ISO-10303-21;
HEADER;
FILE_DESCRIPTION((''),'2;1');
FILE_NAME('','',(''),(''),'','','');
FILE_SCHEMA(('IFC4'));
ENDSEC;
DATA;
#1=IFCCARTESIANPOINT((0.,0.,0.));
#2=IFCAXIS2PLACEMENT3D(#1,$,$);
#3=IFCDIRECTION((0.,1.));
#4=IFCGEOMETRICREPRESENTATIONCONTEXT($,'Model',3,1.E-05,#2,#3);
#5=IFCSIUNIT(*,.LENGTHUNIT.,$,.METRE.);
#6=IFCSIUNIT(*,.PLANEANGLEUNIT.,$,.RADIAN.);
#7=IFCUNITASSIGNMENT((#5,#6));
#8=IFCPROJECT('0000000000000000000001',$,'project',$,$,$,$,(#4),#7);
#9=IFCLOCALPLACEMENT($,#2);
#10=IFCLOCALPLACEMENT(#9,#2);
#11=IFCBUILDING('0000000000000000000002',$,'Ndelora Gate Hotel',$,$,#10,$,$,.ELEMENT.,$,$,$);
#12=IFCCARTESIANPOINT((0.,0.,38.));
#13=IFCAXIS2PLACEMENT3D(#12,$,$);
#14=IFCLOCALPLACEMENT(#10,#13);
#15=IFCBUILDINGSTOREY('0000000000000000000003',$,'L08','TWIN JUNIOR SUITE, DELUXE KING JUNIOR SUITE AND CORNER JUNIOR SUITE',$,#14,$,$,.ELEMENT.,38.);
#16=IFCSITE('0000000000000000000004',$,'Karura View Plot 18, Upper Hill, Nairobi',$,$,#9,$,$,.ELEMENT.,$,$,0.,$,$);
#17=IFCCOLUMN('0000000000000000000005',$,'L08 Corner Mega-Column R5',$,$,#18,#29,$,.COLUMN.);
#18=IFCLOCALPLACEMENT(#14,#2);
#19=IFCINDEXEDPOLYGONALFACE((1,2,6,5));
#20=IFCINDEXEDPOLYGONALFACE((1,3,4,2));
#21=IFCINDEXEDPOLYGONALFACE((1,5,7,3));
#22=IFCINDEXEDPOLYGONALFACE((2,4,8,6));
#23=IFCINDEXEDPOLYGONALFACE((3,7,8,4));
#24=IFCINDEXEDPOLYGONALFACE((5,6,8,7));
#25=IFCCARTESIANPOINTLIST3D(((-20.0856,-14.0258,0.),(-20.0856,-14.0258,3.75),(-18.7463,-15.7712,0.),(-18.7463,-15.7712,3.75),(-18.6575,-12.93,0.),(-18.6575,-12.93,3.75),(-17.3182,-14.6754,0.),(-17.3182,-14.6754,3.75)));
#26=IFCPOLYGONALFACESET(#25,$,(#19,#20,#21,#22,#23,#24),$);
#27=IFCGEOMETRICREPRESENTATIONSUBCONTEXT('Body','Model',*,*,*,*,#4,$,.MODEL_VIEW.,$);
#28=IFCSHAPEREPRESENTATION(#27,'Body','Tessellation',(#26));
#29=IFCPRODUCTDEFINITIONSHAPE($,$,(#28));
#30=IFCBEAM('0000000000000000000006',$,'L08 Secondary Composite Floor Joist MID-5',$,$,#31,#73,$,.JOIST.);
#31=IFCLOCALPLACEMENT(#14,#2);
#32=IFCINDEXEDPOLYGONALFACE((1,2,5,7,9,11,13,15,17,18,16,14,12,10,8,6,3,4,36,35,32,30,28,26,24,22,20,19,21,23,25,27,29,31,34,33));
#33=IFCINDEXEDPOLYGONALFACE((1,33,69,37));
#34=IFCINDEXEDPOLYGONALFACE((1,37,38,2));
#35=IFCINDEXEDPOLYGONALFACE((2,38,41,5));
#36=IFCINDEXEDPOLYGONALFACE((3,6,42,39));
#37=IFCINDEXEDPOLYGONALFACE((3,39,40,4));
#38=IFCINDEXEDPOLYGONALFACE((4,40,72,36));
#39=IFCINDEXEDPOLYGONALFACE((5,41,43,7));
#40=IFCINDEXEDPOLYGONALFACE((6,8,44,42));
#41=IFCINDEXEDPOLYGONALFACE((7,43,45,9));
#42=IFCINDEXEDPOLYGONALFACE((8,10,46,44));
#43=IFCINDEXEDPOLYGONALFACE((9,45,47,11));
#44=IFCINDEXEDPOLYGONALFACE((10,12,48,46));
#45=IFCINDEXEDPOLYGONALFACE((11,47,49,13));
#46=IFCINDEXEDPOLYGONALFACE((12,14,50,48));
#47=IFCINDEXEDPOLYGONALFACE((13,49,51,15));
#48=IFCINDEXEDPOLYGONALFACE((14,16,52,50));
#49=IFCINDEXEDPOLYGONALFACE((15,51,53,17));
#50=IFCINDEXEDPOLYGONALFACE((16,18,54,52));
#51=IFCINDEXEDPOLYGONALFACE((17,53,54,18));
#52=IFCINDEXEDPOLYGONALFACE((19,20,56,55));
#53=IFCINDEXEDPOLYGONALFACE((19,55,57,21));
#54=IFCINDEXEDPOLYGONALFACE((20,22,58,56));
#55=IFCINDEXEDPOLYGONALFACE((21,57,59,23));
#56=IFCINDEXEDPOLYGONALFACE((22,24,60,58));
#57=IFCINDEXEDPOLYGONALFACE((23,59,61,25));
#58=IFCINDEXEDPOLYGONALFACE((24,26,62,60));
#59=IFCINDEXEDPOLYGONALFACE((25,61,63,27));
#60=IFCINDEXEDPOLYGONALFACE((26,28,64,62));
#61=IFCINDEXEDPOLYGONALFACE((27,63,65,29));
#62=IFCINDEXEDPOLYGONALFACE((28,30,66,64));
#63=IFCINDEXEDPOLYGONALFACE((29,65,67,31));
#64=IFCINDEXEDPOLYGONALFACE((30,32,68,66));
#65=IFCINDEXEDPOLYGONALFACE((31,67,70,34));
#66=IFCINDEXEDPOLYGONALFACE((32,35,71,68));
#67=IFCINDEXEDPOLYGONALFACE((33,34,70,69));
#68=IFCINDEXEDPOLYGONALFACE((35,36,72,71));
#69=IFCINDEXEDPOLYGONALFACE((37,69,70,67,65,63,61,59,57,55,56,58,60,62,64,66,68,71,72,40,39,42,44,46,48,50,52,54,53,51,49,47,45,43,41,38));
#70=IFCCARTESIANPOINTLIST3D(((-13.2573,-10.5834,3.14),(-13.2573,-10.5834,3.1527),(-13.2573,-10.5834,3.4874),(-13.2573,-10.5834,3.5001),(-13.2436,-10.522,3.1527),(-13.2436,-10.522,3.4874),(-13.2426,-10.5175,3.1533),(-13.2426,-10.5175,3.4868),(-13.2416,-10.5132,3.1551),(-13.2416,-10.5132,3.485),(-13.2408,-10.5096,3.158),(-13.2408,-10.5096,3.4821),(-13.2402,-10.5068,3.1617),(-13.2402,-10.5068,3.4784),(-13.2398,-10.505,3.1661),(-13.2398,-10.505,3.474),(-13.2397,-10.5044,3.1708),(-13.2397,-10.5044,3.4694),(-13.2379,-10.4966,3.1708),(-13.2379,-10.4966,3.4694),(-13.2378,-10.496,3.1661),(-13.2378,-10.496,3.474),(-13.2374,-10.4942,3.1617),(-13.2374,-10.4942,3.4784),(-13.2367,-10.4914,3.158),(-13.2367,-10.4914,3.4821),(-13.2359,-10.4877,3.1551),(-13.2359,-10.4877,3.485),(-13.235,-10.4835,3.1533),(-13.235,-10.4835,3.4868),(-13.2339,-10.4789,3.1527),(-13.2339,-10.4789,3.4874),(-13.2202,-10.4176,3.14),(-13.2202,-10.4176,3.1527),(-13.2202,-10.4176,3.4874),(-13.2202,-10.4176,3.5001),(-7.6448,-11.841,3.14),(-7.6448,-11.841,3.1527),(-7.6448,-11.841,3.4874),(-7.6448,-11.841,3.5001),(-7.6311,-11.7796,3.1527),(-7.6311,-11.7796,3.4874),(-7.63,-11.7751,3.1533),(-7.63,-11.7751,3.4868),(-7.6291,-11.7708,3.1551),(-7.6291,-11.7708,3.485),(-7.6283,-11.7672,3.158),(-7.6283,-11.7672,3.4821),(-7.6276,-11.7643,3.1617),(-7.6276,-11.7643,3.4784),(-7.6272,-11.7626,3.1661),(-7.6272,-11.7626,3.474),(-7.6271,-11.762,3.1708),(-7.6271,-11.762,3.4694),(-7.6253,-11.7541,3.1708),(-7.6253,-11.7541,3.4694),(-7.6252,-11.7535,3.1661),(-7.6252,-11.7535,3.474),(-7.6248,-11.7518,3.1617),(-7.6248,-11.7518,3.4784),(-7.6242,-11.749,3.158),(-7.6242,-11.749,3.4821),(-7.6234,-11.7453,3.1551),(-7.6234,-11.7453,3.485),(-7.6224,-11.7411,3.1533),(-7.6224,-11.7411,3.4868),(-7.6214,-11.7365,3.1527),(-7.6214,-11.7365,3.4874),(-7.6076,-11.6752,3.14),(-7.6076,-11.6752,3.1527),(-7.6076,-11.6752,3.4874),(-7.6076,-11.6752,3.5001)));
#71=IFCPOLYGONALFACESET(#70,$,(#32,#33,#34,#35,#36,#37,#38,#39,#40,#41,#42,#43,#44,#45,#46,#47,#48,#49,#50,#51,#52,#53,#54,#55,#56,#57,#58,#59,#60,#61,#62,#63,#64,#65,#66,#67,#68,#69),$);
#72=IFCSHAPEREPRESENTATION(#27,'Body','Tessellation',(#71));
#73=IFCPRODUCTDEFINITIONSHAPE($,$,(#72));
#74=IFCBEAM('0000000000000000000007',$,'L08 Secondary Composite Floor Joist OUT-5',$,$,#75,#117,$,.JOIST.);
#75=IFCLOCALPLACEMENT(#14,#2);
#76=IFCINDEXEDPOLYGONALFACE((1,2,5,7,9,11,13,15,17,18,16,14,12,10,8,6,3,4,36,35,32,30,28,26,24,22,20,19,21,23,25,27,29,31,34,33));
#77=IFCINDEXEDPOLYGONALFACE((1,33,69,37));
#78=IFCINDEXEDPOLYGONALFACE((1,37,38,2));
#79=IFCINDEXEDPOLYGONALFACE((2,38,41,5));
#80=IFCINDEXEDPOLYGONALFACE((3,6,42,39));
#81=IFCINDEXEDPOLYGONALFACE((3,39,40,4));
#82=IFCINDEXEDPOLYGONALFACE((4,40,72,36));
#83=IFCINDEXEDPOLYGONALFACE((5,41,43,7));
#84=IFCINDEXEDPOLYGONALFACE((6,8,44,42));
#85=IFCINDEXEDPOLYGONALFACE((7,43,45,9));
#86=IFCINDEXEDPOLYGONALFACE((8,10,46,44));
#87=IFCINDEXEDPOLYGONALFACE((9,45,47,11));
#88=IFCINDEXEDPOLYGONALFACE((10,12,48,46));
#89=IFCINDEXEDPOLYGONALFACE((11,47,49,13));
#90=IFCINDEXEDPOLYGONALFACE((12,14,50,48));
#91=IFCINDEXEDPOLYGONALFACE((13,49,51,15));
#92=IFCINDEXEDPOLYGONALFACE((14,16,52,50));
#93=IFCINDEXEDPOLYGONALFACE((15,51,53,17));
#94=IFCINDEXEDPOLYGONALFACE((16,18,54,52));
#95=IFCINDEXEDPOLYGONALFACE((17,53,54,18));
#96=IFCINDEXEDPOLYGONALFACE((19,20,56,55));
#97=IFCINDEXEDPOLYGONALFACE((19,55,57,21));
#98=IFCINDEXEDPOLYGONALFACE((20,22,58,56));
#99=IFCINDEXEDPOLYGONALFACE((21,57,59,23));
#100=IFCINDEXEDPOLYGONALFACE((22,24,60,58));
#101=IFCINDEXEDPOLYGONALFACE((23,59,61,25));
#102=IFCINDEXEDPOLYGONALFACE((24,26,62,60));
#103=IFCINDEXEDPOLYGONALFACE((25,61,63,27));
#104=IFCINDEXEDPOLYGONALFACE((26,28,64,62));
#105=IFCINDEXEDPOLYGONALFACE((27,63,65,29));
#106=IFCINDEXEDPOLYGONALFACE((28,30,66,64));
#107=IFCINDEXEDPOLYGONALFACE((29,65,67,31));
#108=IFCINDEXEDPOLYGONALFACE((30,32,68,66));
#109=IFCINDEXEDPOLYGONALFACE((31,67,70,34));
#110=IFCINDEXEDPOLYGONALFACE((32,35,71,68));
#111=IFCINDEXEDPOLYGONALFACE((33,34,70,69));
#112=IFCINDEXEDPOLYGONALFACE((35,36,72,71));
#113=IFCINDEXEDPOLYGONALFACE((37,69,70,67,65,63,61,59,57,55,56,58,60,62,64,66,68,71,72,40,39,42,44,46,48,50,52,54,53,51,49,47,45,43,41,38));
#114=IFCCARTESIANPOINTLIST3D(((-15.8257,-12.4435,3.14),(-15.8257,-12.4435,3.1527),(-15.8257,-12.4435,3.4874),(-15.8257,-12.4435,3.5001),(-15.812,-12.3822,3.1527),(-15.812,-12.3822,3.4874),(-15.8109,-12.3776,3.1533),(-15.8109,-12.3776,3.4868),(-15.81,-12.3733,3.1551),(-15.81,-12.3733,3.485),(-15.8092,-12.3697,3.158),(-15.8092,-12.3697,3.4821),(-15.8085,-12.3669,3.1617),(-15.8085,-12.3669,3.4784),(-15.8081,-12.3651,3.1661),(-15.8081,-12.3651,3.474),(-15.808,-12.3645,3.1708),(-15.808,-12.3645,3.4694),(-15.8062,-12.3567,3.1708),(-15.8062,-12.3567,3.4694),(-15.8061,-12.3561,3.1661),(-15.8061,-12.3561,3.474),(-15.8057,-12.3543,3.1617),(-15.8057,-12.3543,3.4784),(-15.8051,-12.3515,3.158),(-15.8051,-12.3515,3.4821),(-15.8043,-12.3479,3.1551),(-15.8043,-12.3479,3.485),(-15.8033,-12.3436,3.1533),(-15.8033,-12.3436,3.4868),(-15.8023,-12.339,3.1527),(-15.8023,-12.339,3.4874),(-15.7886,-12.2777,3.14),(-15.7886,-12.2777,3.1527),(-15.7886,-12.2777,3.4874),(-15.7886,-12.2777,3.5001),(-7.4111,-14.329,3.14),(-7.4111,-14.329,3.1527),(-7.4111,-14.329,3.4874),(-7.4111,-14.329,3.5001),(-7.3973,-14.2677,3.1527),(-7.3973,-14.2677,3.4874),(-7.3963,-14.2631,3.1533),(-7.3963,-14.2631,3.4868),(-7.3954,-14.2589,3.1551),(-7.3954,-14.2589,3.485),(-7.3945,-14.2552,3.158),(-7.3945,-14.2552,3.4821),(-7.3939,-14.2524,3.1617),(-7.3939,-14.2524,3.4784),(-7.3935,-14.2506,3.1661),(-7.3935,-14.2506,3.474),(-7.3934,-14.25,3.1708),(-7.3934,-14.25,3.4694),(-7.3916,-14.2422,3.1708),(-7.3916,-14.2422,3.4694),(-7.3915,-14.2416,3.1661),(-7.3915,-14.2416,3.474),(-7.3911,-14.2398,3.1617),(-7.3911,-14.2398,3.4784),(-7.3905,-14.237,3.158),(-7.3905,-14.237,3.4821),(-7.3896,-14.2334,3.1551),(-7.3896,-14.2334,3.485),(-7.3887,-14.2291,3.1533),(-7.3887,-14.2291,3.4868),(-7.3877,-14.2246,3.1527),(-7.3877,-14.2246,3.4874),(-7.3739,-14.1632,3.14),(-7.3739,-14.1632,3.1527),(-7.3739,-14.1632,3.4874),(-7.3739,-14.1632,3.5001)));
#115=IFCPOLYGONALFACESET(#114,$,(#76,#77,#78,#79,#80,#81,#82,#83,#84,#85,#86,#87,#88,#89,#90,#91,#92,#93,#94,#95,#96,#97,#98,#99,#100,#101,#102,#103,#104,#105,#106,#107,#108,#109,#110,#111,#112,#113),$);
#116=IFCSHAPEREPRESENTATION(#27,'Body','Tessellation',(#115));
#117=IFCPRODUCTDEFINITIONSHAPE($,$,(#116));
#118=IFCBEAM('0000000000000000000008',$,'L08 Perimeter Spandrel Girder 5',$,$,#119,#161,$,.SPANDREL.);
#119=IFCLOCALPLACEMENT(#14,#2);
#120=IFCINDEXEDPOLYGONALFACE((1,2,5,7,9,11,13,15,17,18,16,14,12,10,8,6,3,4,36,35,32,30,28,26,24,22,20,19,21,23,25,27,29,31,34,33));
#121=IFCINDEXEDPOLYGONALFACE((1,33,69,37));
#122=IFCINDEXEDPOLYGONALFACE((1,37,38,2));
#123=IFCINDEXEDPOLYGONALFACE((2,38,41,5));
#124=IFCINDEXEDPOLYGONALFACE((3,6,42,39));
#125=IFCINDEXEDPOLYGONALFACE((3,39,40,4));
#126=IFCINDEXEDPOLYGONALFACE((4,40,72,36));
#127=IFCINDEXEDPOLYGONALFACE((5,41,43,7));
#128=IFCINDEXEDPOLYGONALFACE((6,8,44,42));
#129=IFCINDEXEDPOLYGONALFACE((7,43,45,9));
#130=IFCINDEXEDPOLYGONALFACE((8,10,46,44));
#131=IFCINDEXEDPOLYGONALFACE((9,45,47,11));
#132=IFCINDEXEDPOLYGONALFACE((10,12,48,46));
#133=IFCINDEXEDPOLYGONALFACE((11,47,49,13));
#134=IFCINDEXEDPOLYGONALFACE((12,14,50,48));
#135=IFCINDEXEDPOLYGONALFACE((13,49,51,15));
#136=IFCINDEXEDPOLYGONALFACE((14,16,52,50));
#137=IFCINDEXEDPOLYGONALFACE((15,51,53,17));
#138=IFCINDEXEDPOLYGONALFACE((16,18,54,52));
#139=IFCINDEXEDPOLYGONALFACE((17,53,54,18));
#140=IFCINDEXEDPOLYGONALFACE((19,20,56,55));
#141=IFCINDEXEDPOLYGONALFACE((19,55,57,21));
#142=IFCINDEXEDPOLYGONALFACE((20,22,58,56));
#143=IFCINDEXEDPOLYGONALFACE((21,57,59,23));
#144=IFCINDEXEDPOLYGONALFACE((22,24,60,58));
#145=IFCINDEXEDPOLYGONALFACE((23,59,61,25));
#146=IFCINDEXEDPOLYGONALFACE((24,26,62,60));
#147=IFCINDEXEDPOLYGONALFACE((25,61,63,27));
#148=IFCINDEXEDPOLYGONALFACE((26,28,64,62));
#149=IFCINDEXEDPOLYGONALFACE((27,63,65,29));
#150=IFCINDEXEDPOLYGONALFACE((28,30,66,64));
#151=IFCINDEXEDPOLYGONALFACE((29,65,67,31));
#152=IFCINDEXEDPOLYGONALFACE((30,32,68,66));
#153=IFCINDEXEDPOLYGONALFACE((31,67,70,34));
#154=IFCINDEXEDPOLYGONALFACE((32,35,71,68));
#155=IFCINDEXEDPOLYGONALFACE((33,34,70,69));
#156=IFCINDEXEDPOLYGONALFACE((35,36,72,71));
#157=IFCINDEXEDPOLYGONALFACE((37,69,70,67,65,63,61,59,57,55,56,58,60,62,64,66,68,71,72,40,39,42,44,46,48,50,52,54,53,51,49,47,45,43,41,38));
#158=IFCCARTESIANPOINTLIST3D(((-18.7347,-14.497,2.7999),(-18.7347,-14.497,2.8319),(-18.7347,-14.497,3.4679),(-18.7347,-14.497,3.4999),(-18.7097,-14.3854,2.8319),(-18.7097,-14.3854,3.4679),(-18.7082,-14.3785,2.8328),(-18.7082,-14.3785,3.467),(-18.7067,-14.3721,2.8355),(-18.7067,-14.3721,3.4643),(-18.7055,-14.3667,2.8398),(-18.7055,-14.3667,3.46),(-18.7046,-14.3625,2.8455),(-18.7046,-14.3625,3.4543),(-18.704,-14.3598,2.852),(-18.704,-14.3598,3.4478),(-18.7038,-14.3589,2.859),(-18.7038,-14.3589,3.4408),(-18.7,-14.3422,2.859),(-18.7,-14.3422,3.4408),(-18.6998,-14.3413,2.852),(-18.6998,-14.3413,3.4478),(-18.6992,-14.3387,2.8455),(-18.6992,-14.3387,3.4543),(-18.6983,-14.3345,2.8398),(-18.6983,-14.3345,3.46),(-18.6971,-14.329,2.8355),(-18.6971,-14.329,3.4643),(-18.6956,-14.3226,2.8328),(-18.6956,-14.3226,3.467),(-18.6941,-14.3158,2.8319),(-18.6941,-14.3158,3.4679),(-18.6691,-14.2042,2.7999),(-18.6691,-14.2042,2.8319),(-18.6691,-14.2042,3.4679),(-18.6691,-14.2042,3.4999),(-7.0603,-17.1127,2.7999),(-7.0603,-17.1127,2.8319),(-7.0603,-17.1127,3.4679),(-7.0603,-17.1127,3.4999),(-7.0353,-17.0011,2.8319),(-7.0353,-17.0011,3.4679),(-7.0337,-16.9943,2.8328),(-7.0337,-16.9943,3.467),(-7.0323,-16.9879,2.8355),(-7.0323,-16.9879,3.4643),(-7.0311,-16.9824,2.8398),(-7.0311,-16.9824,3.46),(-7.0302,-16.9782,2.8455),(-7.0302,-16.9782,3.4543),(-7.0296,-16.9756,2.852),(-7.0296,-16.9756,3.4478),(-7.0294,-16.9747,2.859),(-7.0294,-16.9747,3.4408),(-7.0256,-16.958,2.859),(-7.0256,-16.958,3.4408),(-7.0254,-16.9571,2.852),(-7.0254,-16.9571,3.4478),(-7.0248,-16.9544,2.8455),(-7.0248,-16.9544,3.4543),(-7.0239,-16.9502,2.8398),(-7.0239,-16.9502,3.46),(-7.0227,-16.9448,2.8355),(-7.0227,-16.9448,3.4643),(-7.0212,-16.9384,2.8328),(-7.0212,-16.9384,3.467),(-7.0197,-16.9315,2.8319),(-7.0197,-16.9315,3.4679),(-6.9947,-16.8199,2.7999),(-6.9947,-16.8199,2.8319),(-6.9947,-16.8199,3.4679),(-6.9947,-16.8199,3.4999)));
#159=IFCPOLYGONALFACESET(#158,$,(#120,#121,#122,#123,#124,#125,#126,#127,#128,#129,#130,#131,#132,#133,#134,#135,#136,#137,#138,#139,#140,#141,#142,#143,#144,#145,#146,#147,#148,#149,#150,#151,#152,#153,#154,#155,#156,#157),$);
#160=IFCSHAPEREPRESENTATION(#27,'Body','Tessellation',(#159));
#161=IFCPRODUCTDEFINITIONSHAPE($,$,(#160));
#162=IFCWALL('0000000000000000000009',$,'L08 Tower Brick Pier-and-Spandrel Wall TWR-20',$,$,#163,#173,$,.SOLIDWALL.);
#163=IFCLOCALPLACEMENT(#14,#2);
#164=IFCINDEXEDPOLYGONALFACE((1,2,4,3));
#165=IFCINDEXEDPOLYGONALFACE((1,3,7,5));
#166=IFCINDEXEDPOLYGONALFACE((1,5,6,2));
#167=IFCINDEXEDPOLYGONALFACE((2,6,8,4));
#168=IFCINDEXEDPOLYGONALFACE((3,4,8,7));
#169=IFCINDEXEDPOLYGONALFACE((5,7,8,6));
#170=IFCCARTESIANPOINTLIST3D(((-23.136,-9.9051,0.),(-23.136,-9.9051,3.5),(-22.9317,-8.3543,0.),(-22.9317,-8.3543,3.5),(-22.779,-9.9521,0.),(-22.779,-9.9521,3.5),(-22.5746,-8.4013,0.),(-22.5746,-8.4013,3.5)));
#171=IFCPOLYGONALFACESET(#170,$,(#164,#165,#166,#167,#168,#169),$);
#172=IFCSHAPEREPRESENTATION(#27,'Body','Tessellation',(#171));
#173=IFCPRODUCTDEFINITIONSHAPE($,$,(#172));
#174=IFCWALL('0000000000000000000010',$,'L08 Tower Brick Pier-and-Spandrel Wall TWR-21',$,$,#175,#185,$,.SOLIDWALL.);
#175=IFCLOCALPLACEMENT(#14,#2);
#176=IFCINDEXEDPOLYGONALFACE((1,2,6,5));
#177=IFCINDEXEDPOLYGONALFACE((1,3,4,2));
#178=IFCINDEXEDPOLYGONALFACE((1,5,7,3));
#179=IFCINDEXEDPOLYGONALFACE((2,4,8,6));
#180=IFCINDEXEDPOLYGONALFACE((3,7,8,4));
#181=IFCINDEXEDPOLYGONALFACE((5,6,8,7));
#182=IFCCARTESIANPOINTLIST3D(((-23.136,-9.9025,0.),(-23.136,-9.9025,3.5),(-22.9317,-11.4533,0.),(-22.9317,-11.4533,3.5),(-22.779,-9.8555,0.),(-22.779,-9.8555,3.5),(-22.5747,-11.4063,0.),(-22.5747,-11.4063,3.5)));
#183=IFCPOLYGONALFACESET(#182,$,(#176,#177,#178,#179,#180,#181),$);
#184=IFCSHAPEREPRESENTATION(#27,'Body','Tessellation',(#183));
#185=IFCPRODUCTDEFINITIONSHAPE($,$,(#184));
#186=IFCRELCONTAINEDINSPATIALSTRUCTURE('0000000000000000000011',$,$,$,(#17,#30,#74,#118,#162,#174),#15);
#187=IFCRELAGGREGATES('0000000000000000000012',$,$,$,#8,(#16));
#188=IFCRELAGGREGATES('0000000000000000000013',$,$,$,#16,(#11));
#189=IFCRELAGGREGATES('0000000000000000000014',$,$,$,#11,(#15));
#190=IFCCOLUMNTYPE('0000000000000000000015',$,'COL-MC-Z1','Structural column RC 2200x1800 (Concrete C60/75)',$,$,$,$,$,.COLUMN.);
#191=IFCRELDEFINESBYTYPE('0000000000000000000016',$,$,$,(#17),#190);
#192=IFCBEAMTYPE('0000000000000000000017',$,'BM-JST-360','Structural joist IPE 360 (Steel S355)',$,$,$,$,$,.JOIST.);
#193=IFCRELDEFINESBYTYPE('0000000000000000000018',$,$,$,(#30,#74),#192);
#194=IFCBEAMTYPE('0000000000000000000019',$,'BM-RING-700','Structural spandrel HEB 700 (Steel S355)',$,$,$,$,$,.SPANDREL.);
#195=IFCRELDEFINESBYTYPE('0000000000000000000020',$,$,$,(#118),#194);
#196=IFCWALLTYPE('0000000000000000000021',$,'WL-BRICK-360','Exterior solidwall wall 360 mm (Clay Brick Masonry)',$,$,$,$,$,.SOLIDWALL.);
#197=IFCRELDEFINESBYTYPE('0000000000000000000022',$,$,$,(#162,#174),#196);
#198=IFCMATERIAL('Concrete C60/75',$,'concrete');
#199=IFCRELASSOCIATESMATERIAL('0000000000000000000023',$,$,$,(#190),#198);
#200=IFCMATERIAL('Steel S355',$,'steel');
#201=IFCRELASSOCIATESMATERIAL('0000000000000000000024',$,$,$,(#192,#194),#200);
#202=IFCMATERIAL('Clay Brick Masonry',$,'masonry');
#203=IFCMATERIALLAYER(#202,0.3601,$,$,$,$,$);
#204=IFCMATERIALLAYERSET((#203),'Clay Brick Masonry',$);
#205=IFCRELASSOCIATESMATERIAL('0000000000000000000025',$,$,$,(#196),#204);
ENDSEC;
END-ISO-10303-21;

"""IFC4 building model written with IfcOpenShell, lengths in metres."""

from ifc_helpers import new_model, si_unit, direction, frame, frame_2d, origin, origin_2d, place, context, subcontext, project, spatial, rectangle, i_section, extrude, material, layer, layer_set, material_profile, profile_set, type_object, element, save


model = new_model("IFC4")

# Units and contexts
model_context = context("Model", 3, precision=1e-05, world=origin(), true_north=direction((0.0, 1.0)))
body_context = subcontext(model_context, "Body", "Model", "MODEL_VIEW")
ifc_project = project(units=[si_unit("LENGTHUNIT", "METRE"), si_unit("PLANEANGLEUNIT", "RADIAN")], contexts=[model_context])

# Site, building, storey
site_placement = place(None, origin())
site = spatial("IfcSite", under=ifc_project, at=site_placement, Name="Karura View Plot 18, Upper Hill, Nairobi", CompositionType="ELEMENT", RefElevation=0.0)
building_placement = place(site_placement, origin())
building = spatial("IfcBuilding", under=site, at=building_placement, Name="Ndelora Gate Hotel", CompositionType="ELEMENT")
storey_placement = place(building_placement, frame((0.0, 0.0, 38.0)))
storey = spatial("IfcBuildingStorey", under=building, at=storey_placement, Name="L08", Description="TWIN JUNIOR SUITE, DELUXE KING JUNIOR SUITE AND CORNER JUNIOR SUITE", CompositionType="ELEMENT", Elevation=38.0)

# Column
ifc_material_1 = material(Name="Concrete C60/75", Category="concrete")
ifc_material_profile_1 = material_profile(ifc_material_1, rectangle(XDim=1.8, YDim=2.2, at=origin_2d()), Name="RC 2200x1800")
ifc_profile_set_1 = profile_set([ifc_material_profile_1], Name="Concrete C60/75")
column_type = type_object("IfcColumnType", Name="COL-MC-Z1", Description="Structural column RC 2200x1800 (Concrete C60/75)", PredefinedType="COLUMN", material=ifc_profile_set_1)
column_placement = place(storey_placement, frame((-18.7019, -14.3506, 0.0), z_axis=(0.0, 0.0, 1.0), x_axis=(0.793353, 0.608761, 0.0)))
element("IfcColumn", 1, at=column_placement, inside=storey, type_object=column_type, Name="L08 Corner Mega-Column R5", PredefinedType="COLUMN", context=body_context, shape_type="SweptSolid", body=[
    extrude(rectangle(XDim=1.8, YDim=2.2, at=origin_2d()), origin(), (0.0, 0.0, 1.0), 3.75),
])

# Beams
ifc_material_2 = material(Name="Steel S355", Category="steel")
ifc_material_profile_2 = material_profile(ifc_material_2, i_section(OverallWidth=0.1699, OverallDepth=0.3601, WebThickness=0.0081, FlangeThickness=0.0127, FilletRadius=0.0181, at=origin_2d()), Name="IPE 360")
ifc_profile_set_2 = profile_set([ifc_material_profile_2], Name="Steel S355")
beam_type_1 = type_object("IfcBeamType", Name="BM-JST-360", Description="Structural joist IPE 360 (Steel S355)", PredefinedType="JOIST", material=ifc_profile_set_2)
beam_1_placement = place(storey_placement, frame((-13.2388, -10.5005, 3.3201), z_axis=(0.975805, -0.218642, 0.0), x_axis=(0.218642, 0.975805, 0.0)))
element("IfcBeam", 2, at=beam_1_placement, inside=storey, type_object=beam_type_1, Name="L08 Secondary Composite Floor Joist MID-5", PredefinedType="JOIST", context=body_context, shape_type="SweptSolid", body=[
    extrude(i_section(OverallWidth=0.1699, OverallDepth=0.3601, WebThickness=0.0081, FlangeThickness=0.0127, FilletRadius=0.0181, at=origin_2d()), origin(), (0.0, 0.0, 1.0), 5.7517),
])
beam_2_placement = place(storey_placement, frame((-15.8071, -12.3606, 3.3201), z_axis=(0.975802, -0.218654, 0.0), x_axis=(0.218654, 0.975802, 0.0)))
element("IfcBeam", 3, at=beam_2_placement, inside=storey, type_object=beam_type_1, Name="L08 Secondary Composite Floor Joist OUT-5", PredefinedType="JOIST", context=body_context, shape_type="SweptSolid", body=[
    extrude(i_section(OverallWidth=0.1699, OverallDepth=0.3601, WebThickness=0.0081, FlangeThickness=0.0127, FilletRadius=0.0181, at=origin_2d()), origin(), (0.0, 0.0, 1.0), 8.6233),
])
ifc_material_profile_3 = material_profile(ifc_material_2, i_section(OverallWidth=0.3, OverallDepth=0.7, WebThickness=0.0171, FlangeThickness=0.032, FilletRadius=0.0271, at=origin_2d()), Name="HEB 700")
ifc_profile_set_3 = profile_set([ifc_material_profile_3], Name="Steel S355")
beam_type_2 = type_object("IfcBeamType", Name="BM-RING-700", Description="Structural spandrel HEB 700 (Steel S355)", PredefinedType="SPANDREL", material=ifc_profile_set_3)
beam_3_placement = place(storey_placement, frame((-18.7019, -14.3506, 3.1499), z_axis=(0.975806, -0.218637, 0.0), x_axis=(0.218637, 0.975806, 0.0)))
element("IfcBeam", 4, at=beam_3_placement, inside=storey, type_object=beam_type_2, Name="L08 Perimeter Spandrel Girder 5", PredefinedType="SPANDREL", context=body_context, shape_type="SweptSolid", body=[
    extrude(i_section(OverallWidth=0.3, OverallDepth=0.7, WebThickness=0.0171, FlangeThickness=0.032, FilletRadius=0.0271, at=origin_2d()), origin(), (0.0, 0.0, 1.0), 11.9639),
])

# Walls
ifc_material_3 = material(Name="Clay Brick Masonry", Category="masonry")
ifc_layer_1 = layer(ifc_material_3, 0.3601)
ifc_layer_set_1 = layer_set([ifc_layer_1], Name="Clay Brick Masonry")
wall_type_1 = type_object("IfcWallType", Name="WL-BRICK-360", Description="Exterior solidwall wall 360 mm (Clay Brick Masonry)", PredefinedType="SOLIDWALL", material=ifc_layer_set_1)
for number, where, z_axis, x_axis, name in (
    (5, (-22.9575, -9.9287, 0.0), (0.0, 0.0, 1.0), (0.13064, 0.99143, 0.0), "L08 Tower Brick Pier-and-Spandrel Wall TWR-20"),
    (6, (-22.7532, -11.4299, 0.0), (0.0, 0.0, 1.0), (-0.13064, 0.99143, 0.0), "L08 Tower Brick Pier-and-Spandrel Wall TWR-21"),
):
    element("IfcWall", number, at=place(storey_placement, frame(where, z_axis=z_axis, x_axis=x_axis)), inside=storey, type_object=wall_type_1, Name=name, PredefinedType="SOLIDWALL", context=body_context, shape_type="SweptSolid", body=[
        extrude(rectangle(XDim=1.5642, YDim=0.3601, at=frame_2d((0.7822, 0.0))), origin(), (0.0, 0.0, 1.0), 3.5),
    ])

save(model, "model.ifc")
